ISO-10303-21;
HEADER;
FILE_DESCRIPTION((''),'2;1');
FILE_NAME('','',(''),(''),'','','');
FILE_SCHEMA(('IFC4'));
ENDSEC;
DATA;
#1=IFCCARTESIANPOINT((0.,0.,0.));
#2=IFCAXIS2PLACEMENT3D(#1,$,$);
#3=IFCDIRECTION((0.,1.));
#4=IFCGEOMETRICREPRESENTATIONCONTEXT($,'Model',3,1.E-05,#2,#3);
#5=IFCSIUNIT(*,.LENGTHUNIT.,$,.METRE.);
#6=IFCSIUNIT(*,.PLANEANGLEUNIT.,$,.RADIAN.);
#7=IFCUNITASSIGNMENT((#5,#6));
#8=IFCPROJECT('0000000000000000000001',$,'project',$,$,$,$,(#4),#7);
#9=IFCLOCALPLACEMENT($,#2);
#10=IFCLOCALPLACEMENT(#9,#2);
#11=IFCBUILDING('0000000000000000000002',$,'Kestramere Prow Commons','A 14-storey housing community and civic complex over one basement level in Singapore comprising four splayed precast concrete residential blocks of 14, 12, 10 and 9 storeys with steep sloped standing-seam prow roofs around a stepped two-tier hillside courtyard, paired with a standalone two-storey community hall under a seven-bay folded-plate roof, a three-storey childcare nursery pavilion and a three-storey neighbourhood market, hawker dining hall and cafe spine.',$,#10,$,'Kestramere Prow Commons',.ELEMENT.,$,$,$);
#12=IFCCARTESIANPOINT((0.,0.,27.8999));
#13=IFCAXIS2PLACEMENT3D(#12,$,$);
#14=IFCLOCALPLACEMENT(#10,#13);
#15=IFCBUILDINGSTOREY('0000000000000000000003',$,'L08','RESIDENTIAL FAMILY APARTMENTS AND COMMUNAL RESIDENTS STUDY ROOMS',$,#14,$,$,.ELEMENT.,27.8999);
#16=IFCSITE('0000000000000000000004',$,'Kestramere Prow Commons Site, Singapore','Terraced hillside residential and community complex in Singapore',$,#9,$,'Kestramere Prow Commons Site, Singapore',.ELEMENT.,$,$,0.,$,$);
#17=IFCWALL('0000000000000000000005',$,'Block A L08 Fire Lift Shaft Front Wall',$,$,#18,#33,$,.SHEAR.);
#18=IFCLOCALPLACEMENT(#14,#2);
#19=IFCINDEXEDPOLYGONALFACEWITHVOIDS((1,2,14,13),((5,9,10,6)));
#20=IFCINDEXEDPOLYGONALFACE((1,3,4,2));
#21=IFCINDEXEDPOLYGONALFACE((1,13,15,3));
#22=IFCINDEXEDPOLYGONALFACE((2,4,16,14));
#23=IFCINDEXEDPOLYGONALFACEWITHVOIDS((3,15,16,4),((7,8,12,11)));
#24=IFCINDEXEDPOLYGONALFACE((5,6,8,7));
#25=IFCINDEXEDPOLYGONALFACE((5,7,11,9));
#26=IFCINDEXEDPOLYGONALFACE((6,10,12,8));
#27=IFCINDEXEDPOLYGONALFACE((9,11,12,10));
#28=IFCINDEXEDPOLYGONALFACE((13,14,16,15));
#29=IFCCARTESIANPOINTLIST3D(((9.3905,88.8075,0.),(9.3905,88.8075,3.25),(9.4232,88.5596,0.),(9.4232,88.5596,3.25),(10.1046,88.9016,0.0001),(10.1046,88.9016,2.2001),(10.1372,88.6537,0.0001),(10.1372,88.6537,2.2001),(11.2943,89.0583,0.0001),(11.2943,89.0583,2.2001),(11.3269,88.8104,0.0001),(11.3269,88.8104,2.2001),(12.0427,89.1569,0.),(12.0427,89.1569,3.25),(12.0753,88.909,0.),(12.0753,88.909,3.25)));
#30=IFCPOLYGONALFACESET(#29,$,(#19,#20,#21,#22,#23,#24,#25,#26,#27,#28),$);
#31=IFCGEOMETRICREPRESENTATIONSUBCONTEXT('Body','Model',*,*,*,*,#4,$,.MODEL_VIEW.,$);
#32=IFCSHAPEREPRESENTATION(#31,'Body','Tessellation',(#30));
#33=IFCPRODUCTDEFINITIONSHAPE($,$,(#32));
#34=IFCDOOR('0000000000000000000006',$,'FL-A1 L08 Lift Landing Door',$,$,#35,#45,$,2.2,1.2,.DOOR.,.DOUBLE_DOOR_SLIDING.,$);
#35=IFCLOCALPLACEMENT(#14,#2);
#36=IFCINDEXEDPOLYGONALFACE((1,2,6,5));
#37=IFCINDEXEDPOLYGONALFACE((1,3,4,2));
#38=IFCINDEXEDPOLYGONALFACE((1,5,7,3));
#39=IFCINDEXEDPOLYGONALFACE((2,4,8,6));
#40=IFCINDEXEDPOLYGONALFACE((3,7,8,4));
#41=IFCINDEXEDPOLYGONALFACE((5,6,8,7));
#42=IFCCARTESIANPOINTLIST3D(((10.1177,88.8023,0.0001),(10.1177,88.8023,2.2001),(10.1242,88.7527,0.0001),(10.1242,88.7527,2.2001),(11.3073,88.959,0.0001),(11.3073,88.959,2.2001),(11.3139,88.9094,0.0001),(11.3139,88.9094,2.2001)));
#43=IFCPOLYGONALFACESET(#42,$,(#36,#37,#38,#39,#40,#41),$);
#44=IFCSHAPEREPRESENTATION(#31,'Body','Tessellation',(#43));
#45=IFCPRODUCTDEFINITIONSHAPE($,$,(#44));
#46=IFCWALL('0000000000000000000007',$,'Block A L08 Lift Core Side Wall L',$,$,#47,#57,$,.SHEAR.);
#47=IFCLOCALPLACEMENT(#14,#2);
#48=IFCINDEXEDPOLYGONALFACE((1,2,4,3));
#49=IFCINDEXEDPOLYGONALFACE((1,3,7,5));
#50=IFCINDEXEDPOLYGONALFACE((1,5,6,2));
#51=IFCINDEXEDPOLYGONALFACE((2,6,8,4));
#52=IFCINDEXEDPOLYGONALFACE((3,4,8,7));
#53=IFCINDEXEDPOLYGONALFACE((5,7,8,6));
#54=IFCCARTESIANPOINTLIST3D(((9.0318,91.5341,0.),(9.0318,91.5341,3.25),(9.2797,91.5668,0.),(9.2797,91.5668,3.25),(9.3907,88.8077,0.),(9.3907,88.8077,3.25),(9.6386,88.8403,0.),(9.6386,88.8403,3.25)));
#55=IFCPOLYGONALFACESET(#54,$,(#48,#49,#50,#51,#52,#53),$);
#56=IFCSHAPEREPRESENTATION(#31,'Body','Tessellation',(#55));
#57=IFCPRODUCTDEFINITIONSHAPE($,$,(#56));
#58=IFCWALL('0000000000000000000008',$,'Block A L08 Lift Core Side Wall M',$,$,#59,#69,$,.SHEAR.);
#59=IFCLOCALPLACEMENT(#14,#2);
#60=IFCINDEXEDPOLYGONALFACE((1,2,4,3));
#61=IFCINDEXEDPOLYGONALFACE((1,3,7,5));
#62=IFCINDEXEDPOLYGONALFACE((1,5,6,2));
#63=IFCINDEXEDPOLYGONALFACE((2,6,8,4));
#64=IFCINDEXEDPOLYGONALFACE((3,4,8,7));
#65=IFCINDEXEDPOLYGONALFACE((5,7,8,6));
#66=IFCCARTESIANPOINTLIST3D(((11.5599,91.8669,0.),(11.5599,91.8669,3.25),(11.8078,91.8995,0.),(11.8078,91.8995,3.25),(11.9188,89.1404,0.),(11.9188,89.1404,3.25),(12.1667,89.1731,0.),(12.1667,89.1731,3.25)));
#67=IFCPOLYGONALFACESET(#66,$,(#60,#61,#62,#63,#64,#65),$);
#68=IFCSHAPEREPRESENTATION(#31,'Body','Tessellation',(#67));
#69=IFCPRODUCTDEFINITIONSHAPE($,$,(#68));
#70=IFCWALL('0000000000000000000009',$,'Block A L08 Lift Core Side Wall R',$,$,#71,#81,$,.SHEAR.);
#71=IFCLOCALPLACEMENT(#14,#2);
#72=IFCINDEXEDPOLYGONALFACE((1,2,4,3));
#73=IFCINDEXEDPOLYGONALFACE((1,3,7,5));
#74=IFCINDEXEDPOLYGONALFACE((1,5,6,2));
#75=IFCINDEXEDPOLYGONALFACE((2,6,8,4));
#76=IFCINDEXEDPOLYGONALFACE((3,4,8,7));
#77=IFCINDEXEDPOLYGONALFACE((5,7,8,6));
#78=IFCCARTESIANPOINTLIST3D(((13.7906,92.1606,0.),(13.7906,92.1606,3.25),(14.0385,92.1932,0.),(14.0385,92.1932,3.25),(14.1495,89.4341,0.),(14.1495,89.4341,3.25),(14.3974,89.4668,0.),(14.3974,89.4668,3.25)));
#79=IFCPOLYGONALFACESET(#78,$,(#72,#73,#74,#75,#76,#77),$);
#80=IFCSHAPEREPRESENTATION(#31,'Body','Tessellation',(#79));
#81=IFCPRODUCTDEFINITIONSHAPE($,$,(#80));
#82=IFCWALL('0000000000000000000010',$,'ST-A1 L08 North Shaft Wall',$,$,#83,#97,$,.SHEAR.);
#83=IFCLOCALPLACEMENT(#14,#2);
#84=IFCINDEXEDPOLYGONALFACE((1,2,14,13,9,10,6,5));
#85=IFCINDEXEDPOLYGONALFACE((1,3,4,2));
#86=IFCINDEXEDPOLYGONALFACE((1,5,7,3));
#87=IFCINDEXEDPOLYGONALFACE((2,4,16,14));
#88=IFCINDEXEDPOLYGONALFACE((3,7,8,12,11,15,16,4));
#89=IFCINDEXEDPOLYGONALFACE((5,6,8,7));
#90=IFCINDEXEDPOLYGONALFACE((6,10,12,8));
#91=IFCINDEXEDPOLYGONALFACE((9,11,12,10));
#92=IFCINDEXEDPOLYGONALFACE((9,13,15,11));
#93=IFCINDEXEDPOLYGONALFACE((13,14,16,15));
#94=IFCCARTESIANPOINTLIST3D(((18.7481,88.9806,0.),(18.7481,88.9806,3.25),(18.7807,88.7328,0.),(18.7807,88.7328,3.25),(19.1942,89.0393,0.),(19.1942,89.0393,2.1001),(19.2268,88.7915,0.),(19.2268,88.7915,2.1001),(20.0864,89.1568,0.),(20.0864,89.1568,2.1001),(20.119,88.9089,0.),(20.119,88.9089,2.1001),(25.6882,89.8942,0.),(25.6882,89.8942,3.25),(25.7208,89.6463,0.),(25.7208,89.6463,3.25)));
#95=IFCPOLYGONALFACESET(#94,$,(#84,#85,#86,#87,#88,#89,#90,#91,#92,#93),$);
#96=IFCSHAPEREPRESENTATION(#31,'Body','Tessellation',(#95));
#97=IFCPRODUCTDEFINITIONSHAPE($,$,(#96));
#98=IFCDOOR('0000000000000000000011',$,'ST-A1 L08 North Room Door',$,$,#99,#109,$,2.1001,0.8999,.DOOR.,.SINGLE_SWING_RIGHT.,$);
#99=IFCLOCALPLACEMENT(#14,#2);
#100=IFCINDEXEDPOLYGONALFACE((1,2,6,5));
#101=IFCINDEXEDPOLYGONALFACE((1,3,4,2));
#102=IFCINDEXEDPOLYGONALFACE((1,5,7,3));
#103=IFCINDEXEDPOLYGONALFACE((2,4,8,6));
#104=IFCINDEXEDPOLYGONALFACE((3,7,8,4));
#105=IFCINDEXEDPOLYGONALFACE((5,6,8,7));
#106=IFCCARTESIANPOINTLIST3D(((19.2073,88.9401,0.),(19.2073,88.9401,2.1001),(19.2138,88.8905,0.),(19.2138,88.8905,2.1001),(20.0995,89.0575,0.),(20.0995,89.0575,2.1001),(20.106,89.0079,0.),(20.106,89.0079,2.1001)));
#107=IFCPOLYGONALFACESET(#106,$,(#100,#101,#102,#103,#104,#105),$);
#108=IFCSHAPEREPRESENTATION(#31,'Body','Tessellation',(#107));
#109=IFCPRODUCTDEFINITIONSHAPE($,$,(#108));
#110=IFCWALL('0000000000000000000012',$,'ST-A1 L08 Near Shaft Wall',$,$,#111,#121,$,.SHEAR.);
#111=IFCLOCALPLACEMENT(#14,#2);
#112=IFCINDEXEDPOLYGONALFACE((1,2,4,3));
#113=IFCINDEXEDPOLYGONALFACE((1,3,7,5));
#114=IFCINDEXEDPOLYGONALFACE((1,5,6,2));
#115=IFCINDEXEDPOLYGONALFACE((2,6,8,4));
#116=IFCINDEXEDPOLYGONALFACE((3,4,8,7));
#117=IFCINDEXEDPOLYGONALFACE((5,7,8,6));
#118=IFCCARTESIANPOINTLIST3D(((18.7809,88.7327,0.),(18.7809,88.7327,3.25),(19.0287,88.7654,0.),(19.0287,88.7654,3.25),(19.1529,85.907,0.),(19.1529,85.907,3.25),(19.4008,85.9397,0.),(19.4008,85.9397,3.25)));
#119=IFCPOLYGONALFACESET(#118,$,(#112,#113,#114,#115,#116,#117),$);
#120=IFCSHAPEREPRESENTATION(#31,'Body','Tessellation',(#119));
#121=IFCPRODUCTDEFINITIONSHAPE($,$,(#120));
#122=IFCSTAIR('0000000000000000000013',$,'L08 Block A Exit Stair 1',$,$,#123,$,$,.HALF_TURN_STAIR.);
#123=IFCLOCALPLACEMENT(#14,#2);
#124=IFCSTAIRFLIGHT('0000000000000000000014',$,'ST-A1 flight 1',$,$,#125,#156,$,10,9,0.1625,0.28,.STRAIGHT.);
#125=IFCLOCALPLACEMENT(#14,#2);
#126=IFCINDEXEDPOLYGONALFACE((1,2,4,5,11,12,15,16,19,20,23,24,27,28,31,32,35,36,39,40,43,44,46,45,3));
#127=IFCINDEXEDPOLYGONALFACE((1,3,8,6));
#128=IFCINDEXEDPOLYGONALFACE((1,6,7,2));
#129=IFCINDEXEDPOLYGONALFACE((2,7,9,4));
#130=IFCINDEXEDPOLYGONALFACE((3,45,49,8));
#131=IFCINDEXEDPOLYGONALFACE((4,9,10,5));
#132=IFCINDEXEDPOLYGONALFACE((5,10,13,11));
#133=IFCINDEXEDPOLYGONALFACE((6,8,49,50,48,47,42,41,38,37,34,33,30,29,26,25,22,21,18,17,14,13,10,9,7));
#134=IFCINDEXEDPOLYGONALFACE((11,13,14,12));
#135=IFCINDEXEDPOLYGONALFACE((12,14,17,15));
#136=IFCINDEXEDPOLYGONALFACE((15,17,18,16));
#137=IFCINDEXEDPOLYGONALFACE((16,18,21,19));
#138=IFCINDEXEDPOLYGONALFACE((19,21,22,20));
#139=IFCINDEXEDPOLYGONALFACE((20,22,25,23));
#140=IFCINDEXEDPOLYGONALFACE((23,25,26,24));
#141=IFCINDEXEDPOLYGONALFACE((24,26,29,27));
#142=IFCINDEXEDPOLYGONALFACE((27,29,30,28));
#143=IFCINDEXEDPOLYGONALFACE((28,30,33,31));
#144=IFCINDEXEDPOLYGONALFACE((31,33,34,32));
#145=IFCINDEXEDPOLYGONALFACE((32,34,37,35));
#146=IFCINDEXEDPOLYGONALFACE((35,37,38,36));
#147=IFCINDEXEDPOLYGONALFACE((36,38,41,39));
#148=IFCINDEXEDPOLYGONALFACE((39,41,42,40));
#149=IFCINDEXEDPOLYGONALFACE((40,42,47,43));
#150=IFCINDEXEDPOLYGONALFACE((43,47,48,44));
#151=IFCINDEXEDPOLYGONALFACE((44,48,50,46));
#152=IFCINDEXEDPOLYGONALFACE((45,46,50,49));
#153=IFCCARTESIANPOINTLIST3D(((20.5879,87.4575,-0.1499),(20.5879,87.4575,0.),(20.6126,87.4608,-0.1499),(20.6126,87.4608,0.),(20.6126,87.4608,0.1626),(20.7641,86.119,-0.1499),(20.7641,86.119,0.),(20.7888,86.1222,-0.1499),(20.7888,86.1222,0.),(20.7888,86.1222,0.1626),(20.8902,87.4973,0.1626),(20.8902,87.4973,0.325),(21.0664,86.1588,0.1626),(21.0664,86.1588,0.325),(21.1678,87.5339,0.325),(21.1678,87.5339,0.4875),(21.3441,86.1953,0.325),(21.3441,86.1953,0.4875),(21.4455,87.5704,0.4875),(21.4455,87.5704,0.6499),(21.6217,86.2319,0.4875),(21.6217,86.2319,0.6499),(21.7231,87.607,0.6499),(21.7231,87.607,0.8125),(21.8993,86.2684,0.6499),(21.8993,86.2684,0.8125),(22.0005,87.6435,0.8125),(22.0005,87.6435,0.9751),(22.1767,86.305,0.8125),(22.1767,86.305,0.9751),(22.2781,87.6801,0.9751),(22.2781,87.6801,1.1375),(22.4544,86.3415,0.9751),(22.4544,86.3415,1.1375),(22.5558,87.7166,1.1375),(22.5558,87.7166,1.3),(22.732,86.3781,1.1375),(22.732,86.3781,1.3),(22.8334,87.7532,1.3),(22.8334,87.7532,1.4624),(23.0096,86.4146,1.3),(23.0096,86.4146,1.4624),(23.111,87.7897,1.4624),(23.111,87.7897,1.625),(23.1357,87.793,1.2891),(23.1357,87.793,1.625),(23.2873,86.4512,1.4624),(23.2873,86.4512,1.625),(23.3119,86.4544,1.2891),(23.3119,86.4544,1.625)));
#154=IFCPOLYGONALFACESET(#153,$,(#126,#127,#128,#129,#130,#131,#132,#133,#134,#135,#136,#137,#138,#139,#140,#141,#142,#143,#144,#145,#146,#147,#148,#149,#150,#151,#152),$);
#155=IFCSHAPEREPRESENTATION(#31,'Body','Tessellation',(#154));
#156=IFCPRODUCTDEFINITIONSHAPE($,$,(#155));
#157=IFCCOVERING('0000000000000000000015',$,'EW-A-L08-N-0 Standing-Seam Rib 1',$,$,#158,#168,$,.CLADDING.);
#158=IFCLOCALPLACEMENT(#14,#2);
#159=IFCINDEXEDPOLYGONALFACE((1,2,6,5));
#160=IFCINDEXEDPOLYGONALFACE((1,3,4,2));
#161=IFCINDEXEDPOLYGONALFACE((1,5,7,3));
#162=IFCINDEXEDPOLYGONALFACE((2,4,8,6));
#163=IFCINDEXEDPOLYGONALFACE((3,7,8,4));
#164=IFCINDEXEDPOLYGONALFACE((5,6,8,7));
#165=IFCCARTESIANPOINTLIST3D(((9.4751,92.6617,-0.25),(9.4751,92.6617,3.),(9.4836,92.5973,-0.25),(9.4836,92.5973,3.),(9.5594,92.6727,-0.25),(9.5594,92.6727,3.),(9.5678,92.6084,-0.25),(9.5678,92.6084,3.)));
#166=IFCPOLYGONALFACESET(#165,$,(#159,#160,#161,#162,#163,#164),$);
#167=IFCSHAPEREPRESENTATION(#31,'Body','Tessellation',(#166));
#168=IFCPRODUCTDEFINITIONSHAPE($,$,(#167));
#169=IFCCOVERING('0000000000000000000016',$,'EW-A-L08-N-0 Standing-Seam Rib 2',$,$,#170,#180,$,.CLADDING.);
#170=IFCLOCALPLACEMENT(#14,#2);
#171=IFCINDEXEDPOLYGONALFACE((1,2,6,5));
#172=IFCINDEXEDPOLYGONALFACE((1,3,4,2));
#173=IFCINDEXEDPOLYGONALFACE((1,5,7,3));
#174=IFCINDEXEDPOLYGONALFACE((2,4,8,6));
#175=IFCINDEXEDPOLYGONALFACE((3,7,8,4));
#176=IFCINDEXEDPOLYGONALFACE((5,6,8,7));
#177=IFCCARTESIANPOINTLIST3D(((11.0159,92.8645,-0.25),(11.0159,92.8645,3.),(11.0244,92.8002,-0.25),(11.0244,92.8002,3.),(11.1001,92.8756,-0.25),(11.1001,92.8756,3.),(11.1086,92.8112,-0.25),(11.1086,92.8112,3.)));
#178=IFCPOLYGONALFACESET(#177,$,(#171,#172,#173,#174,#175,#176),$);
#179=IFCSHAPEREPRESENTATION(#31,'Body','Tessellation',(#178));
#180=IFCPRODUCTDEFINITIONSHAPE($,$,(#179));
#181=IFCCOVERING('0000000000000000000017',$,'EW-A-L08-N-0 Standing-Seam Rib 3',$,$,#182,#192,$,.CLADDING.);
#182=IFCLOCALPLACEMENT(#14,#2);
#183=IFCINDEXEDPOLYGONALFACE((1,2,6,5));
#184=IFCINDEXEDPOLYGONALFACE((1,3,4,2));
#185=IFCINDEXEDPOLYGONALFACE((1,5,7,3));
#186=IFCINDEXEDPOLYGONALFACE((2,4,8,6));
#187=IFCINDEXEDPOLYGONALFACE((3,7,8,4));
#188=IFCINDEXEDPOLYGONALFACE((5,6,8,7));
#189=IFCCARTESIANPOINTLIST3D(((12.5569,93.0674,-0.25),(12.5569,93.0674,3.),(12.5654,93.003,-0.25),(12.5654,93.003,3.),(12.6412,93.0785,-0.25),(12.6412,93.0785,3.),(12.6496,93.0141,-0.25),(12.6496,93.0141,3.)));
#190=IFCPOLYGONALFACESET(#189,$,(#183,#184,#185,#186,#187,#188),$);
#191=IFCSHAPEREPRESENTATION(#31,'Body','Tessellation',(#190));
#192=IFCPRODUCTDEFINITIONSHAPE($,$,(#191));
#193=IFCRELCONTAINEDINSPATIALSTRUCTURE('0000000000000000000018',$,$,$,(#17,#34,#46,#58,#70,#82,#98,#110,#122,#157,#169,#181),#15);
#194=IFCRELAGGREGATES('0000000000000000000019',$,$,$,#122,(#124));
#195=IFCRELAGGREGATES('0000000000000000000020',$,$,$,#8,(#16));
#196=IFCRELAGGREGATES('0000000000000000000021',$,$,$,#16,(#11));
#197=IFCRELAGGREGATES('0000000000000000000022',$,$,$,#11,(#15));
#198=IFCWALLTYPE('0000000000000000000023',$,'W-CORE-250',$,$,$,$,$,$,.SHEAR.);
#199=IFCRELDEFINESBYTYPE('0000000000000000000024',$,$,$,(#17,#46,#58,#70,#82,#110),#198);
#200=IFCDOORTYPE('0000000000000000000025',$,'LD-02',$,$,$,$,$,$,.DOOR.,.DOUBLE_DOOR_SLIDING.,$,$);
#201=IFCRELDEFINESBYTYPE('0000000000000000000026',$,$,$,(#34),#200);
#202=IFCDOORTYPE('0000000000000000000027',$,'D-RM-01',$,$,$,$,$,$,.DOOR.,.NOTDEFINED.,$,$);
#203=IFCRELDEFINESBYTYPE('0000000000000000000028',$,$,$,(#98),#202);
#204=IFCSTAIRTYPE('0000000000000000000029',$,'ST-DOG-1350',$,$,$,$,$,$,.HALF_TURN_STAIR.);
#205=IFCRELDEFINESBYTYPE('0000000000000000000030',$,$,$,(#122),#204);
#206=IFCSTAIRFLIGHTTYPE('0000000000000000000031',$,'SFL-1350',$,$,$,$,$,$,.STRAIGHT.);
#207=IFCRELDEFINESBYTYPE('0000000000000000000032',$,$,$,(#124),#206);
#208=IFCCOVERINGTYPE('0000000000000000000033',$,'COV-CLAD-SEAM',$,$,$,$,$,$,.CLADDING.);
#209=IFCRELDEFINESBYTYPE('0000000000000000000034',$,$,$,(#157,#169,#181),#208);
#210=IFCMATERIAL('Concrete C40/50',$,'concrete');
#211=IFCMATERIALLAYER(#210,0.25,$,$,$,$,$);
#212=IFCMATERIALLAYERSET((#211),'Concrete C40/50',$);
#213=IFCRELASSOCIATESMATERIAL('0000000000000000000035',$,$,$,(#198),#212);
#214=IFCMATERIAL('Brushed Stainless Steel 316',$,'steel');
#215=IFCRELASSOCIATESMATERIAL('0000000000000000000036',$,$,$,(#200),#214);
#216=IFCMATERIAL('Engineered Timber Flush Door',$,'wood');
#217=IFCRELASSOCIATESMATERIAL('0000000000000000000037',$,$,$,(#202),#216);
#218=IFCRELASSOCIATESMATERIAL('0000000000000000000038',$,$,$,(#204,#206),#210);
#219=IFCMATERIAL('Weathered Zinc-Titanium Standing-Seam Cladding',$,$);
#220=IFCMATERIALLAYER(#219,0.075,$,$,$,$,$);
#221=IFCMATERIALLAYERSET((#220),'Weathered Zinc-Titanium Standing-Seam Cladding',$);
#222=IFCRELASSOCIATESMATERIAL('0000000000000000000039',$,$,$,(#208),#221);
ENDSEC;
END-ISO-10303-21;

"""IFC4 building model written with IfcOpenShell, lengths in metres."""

from ifc_helpers import new_model, si_unit, direction, frame, frame_2d, origin, origin_2d, place, context, subcontext, project, spatial, polyline, rectangle, outline, extrude, material, layer, layer_set, type_object, element, fill, aggregate, save


model = new_model("IFC4")

# Units and contexts
model_context = context("Model", 3, precision=1e-05, world=origin(), true_north=direction((0.0, 1.0)))
body_context = subcontext(model_context, "Body", "Model", "MODEL_VIEW")
ifc_project = project(units=[si_unit("LENGTHUNIT", "METRE"), si_unit("PLANEANGLEUNIT", "RADIAN")], contexts=[model_context])

# Site, building, storey
site_placement = place(None, origin())
site = spatial("IfcSite", under=ifc_project, at=site_placement, Name="Kestramere Prow Commons Site, Singapore", Description="Terraced hillside residential and community complex in Singapore", LongName="Kestramere Prow Commons Site, Singapore", CompositionType="ELEMENT", RefElevation=0.0)
building_placement = place(site_placement, origin())
building = spatial("IfcBuilding", under=site, at=building_placement, Name="Kestramere Prow Commons", Description="A 14-storey housing community and civic complex over one basement level in Singapore comprising four splayed precast concrete residential blocks of 14, 12, 10 and 9 storeys with steep sloped standing-seam prow roofs around a stepped two-tier hillside courtyard, paired with a standalone two-storey community hall under a seven-bay folded-plate roof, a three-storey childcare nursery pavilion and a three-storey neighbourhood market, hawker dining hall and cafe spine.", LongName="Kestramere Prow Commons", CompositionType="ELEMENT")
storey_placement = place(building_placement, frame((0.0, 0.0, 27.8999)))
storey = spatial("IfcBuildingStorey", under=building, at=storey_placement, Name="L08", Description="RESIDENTIAL FAMILY APARTMENTS AND COMMUNAL RESIDENTS STUDY ROOMS", CompositionType="ELEMENT", Elevation=27.8999)

# Shared definitions
ifc_material_1 = material(Name="Concrete C40/50", Category="concrete")
ifc_layer_1 = layer(ifc_material_1, 0.25)
ifc_layer_set_1 = layer_set([ifc_layer_1], Name="Concrete C40/50")
wall_type_1 = type_object("IfcWallType", Name="W-CORE-250", PredefinedType="SHEAR", material=ifc_layer_set_1)

# Wall, opening, door
wall_1_placement = place(storey_placement, frame((9.407, 88.6836, 0.0), z_axis=(0.0, 0.0, 1.0), x_axis=(0.991435, 0.130603, 0.0)))
wall_1 = element("IfcWall", 1, at=wall_1_placement, inside=storey, type_object=wall_type_1, Name="Block A L08 Fire Lift Shaft Front Wall", PredefinedType="SHEAR", context=body_context, shape_type="SweptSolid", body=[
    extrude(rectangle(XDim=2.675, YDim=0.25, at=frame_2d((1.3374, 0.0))), origin(), (0.0, 0.0, 1.0), 3.25),
])
opening_1_placement = place(wall_1_placement, frame((0.72, 0.0, 0.0)))
opening_1 = element("IfcOpeningElement", 2, at=opening_1_placement, cuts=wall_1, PredefinedType="OPENING", context=body_context, shape_type="SweptSolid", body=[
    extrude(rectangle(XDim=1.2, YDim=2.2, at=frame_2d((0.6001, 1.1001))), frame((0.0, 0.1399, 0.0), z_axis=(0.0, -1.0, 0.0), x_axis=(1.0, 0.0, 0.0)), (0.0, 0.0, 1.0), 0.28),
])
ifc_material_2 = material(Name="Brushed Stainless Steel 316", Category="steel")
door_type_1 = type_object("IfcDoorType", Name="LD-02", OperationType="DOUBLE_DOOR_SLIDING", PredefinedType="DOOR", material=ifc_material_2)
door_1_placement = place(opening_1_placement, origin())
door_1 = element("IfcDoor", 3, at=door_1_placement, inside=storey, type_object=door_type_1, Name="FL-A1 L08 Lift Landing Door", OperationType="DOUBLE_DOOR_SLIDING", OverallHeight=2.2, OverallWidth=1.2, PredefinedType="DOOR", context=body_context, shape_type="SweptSolid", body=[
    extrude(rectangle(XDim=1.2, YDim=2.2, at=frame_2d((0.6001, 1.1001))), frame((0.0, 0.0249, 0.0), z_axis=(0.0, -1.0, 0.0), x_axis=(1.0, 0.0, 0.0)), (0.0, 0.0, 1.0), 0.05),
])
fill(opening_1, door_1)

# Walls
for number, where, z_axis, x_axis, name in (
    (4, (9.5146, 88.824, 0.0), (0.0, 0.0, 1.0), (-0.1305, 0.991448, 0.0), "Block A L08 Lift Core Side Wall L"),
    (5, (12.0427, 89.1567, 0.0), (0.0, 0.0, 1.0), (-0.1305, 0.991448, 0.0), "Block A L08 Lift Core Side Wall M"),
    (6, (14.2734, 89.4504, 0.0), (0.0, 0.0, 1.0), (-0.1305, 0.991448, 0.0), "Block A L08 Lift Core Side Wall R"),
):
    element("IfcWall", number, at=place(storey_placement, frame(where, z_axis=z_axis, x_axis=x_axis)), inside=storey, type_object=wall_type_1, Name=name, PredefinedType="SHEAR", context=body_context, shape_type="SweptSolid", body=[
        extrude(rectangle(XDim=2.75, YDim=0.25, at=frame_2d((1.375, 0.0))), origin(), (0.0, 0.0, 1.0), 3.25),
    ])

# Wall, opening, door
wall_2_placement = place(storey_placement, frame((18.7644, 88.8567, 0.0), z_axis=(0.0, 0.0, 1.0), x_axis=(0.991447, 0.13051, 0.0)))
wall_2 = element("IfcWall", 7, at=wall_2_placement, inside=storey, type_object=wall_type_1, Name="ST-A1 L08 North Shaft Wall", PredefinedType="SHEAR", context=body_context, shape_type="SweptSolid", body=[
    extrude(rectangle(XDim=7.0, YDim=0.25, at=frame_2d((3.5, 0.0))), origin(), (0.0, 0.0, 1.0), 3.25),
])
opening_2_placement = place(wall_2_placement, frame((0.45, 0.0, 0.0)))
opening_2 = element("IfcOpeningElement", 8, at=opening_2_placement, cuts=wall_2, PredefinedType="OPENING", context=body_context, shape_type="SweptSolid", body=[
    extrude(rectangle(XDim=0.8999, YDim=2.1001, at=frame_2d((0.45, 1.05))), frame((0.0, 0.1399, 0.0), z_axis=(0.0, -1.0, 0.0), x_axis=(1.0, 0.0, 0.0)), (0.0, 0.0, 1.0), 0.28),
])
ifc_material_3 = material(Name="Engineered Timber Flush Door", Category="wood")
door_type_2 = type_object("IfcDoorType", Name="D-RM-01", OperationType="NOTDEFINED", PredefinedType="DOOR", material=ifc_material_3)
door_2_placement = place(opening_2_placement, origin())
door_2 = element("IfcDoor", 9, at=door_2_placement, inside=storey, type_object=door_type_2, Name="ST-A1 L08 North Room Door", OperationType="SINGLE_SWING_RIGHT", OverallHeight=2.1001, OverallWidth=0.8999, PredefinedType="DOOR", context=body_context, shape_type="SweptSolid", body=[
    extrude(rectangle(XDim=0.8999, YDim=2.1001, at=frame_2d((0.45, 1.05))), frame((0.0, 0.0249, 0.0), z_axis=(0.0, -1.0, 0.0), x_axis=(1.0, 0.0, 0.0)), (0.0, 0.0, 1.0), 0.05),
])
fill(opening_2, door_2)

# Wall
wall_3_placement = place(storey_placement, frame((19.2769, 85.9233, 0.0), z_axis=(0.0, 0.0, 1.0), x_axis=(-0.130548, 0.991442, 0.0)))
element("IfcWall", 10, at=wall_3_placement, inside=storey, type_object=wall_type_1, Name="ST-A1 L08 Near Shaft Wall", PredefinedType="SHEAR", context=body_context, shape_type="SweptSolid", body=[
    extrude(rectangle(XDim=2.8501, YDim=0.25, at=frame_2d((1.425, 0.0))), origin(), (0.0, 0.0, 1.0), 3.25),
])

# Stair, stair flight
stair_type = type_object("IfcStairType", Name="ST-DOG-1350", PredefinedType="HALF_TURN_STAIR", material=ifc_material_1)
stair_placement = place(storey_placement, origin())
stair = element("IfcStair", 11, at=stair_placement, inside=storey, type_object=stair_type, Name="L08 Block A Exit Stair 1", PredefinedType="HALF_TURN_STAIR")
stair_flight_type = type_object("IfcStairFlightType", Name="SFL-1350", PredefinedType="STRAIGHT", material=ifc_material_1)
stair_flight_placement = place(storey_placement, frame((20.7007, 86.7915, 0.0), z_axis=(0.0, 0.0, 1.0), x_axis=(0.991445, 0.130526, 0.0)))
stair_flight = element("IfcStairFlight", 12, at=stair_flight_placement, type_object=stair_flight_type, Name="ST-A1 flight 1", NumberOfRisers=10, NumberOfTreads=9, PredefinedType="STRAIGHT", RiserHeight=0.1625, TreadLength=0.28, context=body_context, shape_type="SweptSolid", body=[
    extrude(outline(polyline([(-0.0249, 0.0), (0.0, 0.0), (0.0, 0.1626), (0.28, 0.1626), (0.28, 0.325), (0.5601, 0.325), (0.5601, 0.4875), (0.8401, 0.4875), (0.8401, 0.6499), (1.1201, 0.6499), (1.1201, 0.8125), (1.3999, 0.8125), (1.3999, 0.9751), (1.6799, 0.9751), (1.6799, 1.1375), (1.96, 1.1375), (1.96, 1.3), (2.24, 1.3), (2.24, 1.4624), (2.52, 1.4624), (2.52, 1.625), (2.5449, 1.625), (2.5449, 1.2891), (0.0, -0.1499), (-0.0249, -0.1499), (-0.0249, 0.0)])), frame((0.0, 0.675, 0.0), z_axis=(0.0, -1.0, 0.0), x_axis=(1.0, 0.0, 0.0)), (0.0, 0.0, 1.0), 1.3501),
])
aggregate(stair, [stair_flight])

# Coverings
ifc_material_4 = material(Name="Weathered Zinc-Titanium Standing-Seam Cladding")
ifc_layer_2 = layer(ifc_material_4, 0.075)
ifc_layer_set_2 = layer_set([ifc_layer_2], Name="Weathered Zinc-Titanium Standing-Seam Cladding")
covering_type = type_object("IfcCoveringType", Name="COV-CLAD-SEAM", PredefinedType="CLADDING", material=ifc_layer_set_2)
for number, where, z_axis, x_axis, name in (
    (13, (9.5215, 92.635, -0.25), (0.0, 0.0, 1.0), (0.991445, 0.130526, 0.0), "EW-A-L08-N-0 Standing-Seam Rib 1"),
    (14, (11.0623, 92.8379, -0.25), (0.0, 0.0, 1.0), (0.991445, 0.130526, 0.0), "EW-A-L08-N-0 Standing-Seam Rib 2"),
    (15, (12.6033, 93.0408, -0.25), (0.0, 0.0, 1.0), (0.991445, 0.130526, 0.0), "EW-A-L08-N-0 Standing-Seam Rib 3"),
):
    element("IfcCovering", number, at=place(storey_placement, frame(where, z_axis=z_axis, x_axis=x_axis)), inside=storey, type_object=covering_type, Name=name, PredefinedType="CLADDING", context=body_context, shape_type="SweptSolid", body=[
        extrude(rectangle(XDim=0.085, YDim=0.0649, at=origin_2d()), origin(), (0.0, 0.0, 1.0), 3.25),
    ])

save(model, "model.ifc")
